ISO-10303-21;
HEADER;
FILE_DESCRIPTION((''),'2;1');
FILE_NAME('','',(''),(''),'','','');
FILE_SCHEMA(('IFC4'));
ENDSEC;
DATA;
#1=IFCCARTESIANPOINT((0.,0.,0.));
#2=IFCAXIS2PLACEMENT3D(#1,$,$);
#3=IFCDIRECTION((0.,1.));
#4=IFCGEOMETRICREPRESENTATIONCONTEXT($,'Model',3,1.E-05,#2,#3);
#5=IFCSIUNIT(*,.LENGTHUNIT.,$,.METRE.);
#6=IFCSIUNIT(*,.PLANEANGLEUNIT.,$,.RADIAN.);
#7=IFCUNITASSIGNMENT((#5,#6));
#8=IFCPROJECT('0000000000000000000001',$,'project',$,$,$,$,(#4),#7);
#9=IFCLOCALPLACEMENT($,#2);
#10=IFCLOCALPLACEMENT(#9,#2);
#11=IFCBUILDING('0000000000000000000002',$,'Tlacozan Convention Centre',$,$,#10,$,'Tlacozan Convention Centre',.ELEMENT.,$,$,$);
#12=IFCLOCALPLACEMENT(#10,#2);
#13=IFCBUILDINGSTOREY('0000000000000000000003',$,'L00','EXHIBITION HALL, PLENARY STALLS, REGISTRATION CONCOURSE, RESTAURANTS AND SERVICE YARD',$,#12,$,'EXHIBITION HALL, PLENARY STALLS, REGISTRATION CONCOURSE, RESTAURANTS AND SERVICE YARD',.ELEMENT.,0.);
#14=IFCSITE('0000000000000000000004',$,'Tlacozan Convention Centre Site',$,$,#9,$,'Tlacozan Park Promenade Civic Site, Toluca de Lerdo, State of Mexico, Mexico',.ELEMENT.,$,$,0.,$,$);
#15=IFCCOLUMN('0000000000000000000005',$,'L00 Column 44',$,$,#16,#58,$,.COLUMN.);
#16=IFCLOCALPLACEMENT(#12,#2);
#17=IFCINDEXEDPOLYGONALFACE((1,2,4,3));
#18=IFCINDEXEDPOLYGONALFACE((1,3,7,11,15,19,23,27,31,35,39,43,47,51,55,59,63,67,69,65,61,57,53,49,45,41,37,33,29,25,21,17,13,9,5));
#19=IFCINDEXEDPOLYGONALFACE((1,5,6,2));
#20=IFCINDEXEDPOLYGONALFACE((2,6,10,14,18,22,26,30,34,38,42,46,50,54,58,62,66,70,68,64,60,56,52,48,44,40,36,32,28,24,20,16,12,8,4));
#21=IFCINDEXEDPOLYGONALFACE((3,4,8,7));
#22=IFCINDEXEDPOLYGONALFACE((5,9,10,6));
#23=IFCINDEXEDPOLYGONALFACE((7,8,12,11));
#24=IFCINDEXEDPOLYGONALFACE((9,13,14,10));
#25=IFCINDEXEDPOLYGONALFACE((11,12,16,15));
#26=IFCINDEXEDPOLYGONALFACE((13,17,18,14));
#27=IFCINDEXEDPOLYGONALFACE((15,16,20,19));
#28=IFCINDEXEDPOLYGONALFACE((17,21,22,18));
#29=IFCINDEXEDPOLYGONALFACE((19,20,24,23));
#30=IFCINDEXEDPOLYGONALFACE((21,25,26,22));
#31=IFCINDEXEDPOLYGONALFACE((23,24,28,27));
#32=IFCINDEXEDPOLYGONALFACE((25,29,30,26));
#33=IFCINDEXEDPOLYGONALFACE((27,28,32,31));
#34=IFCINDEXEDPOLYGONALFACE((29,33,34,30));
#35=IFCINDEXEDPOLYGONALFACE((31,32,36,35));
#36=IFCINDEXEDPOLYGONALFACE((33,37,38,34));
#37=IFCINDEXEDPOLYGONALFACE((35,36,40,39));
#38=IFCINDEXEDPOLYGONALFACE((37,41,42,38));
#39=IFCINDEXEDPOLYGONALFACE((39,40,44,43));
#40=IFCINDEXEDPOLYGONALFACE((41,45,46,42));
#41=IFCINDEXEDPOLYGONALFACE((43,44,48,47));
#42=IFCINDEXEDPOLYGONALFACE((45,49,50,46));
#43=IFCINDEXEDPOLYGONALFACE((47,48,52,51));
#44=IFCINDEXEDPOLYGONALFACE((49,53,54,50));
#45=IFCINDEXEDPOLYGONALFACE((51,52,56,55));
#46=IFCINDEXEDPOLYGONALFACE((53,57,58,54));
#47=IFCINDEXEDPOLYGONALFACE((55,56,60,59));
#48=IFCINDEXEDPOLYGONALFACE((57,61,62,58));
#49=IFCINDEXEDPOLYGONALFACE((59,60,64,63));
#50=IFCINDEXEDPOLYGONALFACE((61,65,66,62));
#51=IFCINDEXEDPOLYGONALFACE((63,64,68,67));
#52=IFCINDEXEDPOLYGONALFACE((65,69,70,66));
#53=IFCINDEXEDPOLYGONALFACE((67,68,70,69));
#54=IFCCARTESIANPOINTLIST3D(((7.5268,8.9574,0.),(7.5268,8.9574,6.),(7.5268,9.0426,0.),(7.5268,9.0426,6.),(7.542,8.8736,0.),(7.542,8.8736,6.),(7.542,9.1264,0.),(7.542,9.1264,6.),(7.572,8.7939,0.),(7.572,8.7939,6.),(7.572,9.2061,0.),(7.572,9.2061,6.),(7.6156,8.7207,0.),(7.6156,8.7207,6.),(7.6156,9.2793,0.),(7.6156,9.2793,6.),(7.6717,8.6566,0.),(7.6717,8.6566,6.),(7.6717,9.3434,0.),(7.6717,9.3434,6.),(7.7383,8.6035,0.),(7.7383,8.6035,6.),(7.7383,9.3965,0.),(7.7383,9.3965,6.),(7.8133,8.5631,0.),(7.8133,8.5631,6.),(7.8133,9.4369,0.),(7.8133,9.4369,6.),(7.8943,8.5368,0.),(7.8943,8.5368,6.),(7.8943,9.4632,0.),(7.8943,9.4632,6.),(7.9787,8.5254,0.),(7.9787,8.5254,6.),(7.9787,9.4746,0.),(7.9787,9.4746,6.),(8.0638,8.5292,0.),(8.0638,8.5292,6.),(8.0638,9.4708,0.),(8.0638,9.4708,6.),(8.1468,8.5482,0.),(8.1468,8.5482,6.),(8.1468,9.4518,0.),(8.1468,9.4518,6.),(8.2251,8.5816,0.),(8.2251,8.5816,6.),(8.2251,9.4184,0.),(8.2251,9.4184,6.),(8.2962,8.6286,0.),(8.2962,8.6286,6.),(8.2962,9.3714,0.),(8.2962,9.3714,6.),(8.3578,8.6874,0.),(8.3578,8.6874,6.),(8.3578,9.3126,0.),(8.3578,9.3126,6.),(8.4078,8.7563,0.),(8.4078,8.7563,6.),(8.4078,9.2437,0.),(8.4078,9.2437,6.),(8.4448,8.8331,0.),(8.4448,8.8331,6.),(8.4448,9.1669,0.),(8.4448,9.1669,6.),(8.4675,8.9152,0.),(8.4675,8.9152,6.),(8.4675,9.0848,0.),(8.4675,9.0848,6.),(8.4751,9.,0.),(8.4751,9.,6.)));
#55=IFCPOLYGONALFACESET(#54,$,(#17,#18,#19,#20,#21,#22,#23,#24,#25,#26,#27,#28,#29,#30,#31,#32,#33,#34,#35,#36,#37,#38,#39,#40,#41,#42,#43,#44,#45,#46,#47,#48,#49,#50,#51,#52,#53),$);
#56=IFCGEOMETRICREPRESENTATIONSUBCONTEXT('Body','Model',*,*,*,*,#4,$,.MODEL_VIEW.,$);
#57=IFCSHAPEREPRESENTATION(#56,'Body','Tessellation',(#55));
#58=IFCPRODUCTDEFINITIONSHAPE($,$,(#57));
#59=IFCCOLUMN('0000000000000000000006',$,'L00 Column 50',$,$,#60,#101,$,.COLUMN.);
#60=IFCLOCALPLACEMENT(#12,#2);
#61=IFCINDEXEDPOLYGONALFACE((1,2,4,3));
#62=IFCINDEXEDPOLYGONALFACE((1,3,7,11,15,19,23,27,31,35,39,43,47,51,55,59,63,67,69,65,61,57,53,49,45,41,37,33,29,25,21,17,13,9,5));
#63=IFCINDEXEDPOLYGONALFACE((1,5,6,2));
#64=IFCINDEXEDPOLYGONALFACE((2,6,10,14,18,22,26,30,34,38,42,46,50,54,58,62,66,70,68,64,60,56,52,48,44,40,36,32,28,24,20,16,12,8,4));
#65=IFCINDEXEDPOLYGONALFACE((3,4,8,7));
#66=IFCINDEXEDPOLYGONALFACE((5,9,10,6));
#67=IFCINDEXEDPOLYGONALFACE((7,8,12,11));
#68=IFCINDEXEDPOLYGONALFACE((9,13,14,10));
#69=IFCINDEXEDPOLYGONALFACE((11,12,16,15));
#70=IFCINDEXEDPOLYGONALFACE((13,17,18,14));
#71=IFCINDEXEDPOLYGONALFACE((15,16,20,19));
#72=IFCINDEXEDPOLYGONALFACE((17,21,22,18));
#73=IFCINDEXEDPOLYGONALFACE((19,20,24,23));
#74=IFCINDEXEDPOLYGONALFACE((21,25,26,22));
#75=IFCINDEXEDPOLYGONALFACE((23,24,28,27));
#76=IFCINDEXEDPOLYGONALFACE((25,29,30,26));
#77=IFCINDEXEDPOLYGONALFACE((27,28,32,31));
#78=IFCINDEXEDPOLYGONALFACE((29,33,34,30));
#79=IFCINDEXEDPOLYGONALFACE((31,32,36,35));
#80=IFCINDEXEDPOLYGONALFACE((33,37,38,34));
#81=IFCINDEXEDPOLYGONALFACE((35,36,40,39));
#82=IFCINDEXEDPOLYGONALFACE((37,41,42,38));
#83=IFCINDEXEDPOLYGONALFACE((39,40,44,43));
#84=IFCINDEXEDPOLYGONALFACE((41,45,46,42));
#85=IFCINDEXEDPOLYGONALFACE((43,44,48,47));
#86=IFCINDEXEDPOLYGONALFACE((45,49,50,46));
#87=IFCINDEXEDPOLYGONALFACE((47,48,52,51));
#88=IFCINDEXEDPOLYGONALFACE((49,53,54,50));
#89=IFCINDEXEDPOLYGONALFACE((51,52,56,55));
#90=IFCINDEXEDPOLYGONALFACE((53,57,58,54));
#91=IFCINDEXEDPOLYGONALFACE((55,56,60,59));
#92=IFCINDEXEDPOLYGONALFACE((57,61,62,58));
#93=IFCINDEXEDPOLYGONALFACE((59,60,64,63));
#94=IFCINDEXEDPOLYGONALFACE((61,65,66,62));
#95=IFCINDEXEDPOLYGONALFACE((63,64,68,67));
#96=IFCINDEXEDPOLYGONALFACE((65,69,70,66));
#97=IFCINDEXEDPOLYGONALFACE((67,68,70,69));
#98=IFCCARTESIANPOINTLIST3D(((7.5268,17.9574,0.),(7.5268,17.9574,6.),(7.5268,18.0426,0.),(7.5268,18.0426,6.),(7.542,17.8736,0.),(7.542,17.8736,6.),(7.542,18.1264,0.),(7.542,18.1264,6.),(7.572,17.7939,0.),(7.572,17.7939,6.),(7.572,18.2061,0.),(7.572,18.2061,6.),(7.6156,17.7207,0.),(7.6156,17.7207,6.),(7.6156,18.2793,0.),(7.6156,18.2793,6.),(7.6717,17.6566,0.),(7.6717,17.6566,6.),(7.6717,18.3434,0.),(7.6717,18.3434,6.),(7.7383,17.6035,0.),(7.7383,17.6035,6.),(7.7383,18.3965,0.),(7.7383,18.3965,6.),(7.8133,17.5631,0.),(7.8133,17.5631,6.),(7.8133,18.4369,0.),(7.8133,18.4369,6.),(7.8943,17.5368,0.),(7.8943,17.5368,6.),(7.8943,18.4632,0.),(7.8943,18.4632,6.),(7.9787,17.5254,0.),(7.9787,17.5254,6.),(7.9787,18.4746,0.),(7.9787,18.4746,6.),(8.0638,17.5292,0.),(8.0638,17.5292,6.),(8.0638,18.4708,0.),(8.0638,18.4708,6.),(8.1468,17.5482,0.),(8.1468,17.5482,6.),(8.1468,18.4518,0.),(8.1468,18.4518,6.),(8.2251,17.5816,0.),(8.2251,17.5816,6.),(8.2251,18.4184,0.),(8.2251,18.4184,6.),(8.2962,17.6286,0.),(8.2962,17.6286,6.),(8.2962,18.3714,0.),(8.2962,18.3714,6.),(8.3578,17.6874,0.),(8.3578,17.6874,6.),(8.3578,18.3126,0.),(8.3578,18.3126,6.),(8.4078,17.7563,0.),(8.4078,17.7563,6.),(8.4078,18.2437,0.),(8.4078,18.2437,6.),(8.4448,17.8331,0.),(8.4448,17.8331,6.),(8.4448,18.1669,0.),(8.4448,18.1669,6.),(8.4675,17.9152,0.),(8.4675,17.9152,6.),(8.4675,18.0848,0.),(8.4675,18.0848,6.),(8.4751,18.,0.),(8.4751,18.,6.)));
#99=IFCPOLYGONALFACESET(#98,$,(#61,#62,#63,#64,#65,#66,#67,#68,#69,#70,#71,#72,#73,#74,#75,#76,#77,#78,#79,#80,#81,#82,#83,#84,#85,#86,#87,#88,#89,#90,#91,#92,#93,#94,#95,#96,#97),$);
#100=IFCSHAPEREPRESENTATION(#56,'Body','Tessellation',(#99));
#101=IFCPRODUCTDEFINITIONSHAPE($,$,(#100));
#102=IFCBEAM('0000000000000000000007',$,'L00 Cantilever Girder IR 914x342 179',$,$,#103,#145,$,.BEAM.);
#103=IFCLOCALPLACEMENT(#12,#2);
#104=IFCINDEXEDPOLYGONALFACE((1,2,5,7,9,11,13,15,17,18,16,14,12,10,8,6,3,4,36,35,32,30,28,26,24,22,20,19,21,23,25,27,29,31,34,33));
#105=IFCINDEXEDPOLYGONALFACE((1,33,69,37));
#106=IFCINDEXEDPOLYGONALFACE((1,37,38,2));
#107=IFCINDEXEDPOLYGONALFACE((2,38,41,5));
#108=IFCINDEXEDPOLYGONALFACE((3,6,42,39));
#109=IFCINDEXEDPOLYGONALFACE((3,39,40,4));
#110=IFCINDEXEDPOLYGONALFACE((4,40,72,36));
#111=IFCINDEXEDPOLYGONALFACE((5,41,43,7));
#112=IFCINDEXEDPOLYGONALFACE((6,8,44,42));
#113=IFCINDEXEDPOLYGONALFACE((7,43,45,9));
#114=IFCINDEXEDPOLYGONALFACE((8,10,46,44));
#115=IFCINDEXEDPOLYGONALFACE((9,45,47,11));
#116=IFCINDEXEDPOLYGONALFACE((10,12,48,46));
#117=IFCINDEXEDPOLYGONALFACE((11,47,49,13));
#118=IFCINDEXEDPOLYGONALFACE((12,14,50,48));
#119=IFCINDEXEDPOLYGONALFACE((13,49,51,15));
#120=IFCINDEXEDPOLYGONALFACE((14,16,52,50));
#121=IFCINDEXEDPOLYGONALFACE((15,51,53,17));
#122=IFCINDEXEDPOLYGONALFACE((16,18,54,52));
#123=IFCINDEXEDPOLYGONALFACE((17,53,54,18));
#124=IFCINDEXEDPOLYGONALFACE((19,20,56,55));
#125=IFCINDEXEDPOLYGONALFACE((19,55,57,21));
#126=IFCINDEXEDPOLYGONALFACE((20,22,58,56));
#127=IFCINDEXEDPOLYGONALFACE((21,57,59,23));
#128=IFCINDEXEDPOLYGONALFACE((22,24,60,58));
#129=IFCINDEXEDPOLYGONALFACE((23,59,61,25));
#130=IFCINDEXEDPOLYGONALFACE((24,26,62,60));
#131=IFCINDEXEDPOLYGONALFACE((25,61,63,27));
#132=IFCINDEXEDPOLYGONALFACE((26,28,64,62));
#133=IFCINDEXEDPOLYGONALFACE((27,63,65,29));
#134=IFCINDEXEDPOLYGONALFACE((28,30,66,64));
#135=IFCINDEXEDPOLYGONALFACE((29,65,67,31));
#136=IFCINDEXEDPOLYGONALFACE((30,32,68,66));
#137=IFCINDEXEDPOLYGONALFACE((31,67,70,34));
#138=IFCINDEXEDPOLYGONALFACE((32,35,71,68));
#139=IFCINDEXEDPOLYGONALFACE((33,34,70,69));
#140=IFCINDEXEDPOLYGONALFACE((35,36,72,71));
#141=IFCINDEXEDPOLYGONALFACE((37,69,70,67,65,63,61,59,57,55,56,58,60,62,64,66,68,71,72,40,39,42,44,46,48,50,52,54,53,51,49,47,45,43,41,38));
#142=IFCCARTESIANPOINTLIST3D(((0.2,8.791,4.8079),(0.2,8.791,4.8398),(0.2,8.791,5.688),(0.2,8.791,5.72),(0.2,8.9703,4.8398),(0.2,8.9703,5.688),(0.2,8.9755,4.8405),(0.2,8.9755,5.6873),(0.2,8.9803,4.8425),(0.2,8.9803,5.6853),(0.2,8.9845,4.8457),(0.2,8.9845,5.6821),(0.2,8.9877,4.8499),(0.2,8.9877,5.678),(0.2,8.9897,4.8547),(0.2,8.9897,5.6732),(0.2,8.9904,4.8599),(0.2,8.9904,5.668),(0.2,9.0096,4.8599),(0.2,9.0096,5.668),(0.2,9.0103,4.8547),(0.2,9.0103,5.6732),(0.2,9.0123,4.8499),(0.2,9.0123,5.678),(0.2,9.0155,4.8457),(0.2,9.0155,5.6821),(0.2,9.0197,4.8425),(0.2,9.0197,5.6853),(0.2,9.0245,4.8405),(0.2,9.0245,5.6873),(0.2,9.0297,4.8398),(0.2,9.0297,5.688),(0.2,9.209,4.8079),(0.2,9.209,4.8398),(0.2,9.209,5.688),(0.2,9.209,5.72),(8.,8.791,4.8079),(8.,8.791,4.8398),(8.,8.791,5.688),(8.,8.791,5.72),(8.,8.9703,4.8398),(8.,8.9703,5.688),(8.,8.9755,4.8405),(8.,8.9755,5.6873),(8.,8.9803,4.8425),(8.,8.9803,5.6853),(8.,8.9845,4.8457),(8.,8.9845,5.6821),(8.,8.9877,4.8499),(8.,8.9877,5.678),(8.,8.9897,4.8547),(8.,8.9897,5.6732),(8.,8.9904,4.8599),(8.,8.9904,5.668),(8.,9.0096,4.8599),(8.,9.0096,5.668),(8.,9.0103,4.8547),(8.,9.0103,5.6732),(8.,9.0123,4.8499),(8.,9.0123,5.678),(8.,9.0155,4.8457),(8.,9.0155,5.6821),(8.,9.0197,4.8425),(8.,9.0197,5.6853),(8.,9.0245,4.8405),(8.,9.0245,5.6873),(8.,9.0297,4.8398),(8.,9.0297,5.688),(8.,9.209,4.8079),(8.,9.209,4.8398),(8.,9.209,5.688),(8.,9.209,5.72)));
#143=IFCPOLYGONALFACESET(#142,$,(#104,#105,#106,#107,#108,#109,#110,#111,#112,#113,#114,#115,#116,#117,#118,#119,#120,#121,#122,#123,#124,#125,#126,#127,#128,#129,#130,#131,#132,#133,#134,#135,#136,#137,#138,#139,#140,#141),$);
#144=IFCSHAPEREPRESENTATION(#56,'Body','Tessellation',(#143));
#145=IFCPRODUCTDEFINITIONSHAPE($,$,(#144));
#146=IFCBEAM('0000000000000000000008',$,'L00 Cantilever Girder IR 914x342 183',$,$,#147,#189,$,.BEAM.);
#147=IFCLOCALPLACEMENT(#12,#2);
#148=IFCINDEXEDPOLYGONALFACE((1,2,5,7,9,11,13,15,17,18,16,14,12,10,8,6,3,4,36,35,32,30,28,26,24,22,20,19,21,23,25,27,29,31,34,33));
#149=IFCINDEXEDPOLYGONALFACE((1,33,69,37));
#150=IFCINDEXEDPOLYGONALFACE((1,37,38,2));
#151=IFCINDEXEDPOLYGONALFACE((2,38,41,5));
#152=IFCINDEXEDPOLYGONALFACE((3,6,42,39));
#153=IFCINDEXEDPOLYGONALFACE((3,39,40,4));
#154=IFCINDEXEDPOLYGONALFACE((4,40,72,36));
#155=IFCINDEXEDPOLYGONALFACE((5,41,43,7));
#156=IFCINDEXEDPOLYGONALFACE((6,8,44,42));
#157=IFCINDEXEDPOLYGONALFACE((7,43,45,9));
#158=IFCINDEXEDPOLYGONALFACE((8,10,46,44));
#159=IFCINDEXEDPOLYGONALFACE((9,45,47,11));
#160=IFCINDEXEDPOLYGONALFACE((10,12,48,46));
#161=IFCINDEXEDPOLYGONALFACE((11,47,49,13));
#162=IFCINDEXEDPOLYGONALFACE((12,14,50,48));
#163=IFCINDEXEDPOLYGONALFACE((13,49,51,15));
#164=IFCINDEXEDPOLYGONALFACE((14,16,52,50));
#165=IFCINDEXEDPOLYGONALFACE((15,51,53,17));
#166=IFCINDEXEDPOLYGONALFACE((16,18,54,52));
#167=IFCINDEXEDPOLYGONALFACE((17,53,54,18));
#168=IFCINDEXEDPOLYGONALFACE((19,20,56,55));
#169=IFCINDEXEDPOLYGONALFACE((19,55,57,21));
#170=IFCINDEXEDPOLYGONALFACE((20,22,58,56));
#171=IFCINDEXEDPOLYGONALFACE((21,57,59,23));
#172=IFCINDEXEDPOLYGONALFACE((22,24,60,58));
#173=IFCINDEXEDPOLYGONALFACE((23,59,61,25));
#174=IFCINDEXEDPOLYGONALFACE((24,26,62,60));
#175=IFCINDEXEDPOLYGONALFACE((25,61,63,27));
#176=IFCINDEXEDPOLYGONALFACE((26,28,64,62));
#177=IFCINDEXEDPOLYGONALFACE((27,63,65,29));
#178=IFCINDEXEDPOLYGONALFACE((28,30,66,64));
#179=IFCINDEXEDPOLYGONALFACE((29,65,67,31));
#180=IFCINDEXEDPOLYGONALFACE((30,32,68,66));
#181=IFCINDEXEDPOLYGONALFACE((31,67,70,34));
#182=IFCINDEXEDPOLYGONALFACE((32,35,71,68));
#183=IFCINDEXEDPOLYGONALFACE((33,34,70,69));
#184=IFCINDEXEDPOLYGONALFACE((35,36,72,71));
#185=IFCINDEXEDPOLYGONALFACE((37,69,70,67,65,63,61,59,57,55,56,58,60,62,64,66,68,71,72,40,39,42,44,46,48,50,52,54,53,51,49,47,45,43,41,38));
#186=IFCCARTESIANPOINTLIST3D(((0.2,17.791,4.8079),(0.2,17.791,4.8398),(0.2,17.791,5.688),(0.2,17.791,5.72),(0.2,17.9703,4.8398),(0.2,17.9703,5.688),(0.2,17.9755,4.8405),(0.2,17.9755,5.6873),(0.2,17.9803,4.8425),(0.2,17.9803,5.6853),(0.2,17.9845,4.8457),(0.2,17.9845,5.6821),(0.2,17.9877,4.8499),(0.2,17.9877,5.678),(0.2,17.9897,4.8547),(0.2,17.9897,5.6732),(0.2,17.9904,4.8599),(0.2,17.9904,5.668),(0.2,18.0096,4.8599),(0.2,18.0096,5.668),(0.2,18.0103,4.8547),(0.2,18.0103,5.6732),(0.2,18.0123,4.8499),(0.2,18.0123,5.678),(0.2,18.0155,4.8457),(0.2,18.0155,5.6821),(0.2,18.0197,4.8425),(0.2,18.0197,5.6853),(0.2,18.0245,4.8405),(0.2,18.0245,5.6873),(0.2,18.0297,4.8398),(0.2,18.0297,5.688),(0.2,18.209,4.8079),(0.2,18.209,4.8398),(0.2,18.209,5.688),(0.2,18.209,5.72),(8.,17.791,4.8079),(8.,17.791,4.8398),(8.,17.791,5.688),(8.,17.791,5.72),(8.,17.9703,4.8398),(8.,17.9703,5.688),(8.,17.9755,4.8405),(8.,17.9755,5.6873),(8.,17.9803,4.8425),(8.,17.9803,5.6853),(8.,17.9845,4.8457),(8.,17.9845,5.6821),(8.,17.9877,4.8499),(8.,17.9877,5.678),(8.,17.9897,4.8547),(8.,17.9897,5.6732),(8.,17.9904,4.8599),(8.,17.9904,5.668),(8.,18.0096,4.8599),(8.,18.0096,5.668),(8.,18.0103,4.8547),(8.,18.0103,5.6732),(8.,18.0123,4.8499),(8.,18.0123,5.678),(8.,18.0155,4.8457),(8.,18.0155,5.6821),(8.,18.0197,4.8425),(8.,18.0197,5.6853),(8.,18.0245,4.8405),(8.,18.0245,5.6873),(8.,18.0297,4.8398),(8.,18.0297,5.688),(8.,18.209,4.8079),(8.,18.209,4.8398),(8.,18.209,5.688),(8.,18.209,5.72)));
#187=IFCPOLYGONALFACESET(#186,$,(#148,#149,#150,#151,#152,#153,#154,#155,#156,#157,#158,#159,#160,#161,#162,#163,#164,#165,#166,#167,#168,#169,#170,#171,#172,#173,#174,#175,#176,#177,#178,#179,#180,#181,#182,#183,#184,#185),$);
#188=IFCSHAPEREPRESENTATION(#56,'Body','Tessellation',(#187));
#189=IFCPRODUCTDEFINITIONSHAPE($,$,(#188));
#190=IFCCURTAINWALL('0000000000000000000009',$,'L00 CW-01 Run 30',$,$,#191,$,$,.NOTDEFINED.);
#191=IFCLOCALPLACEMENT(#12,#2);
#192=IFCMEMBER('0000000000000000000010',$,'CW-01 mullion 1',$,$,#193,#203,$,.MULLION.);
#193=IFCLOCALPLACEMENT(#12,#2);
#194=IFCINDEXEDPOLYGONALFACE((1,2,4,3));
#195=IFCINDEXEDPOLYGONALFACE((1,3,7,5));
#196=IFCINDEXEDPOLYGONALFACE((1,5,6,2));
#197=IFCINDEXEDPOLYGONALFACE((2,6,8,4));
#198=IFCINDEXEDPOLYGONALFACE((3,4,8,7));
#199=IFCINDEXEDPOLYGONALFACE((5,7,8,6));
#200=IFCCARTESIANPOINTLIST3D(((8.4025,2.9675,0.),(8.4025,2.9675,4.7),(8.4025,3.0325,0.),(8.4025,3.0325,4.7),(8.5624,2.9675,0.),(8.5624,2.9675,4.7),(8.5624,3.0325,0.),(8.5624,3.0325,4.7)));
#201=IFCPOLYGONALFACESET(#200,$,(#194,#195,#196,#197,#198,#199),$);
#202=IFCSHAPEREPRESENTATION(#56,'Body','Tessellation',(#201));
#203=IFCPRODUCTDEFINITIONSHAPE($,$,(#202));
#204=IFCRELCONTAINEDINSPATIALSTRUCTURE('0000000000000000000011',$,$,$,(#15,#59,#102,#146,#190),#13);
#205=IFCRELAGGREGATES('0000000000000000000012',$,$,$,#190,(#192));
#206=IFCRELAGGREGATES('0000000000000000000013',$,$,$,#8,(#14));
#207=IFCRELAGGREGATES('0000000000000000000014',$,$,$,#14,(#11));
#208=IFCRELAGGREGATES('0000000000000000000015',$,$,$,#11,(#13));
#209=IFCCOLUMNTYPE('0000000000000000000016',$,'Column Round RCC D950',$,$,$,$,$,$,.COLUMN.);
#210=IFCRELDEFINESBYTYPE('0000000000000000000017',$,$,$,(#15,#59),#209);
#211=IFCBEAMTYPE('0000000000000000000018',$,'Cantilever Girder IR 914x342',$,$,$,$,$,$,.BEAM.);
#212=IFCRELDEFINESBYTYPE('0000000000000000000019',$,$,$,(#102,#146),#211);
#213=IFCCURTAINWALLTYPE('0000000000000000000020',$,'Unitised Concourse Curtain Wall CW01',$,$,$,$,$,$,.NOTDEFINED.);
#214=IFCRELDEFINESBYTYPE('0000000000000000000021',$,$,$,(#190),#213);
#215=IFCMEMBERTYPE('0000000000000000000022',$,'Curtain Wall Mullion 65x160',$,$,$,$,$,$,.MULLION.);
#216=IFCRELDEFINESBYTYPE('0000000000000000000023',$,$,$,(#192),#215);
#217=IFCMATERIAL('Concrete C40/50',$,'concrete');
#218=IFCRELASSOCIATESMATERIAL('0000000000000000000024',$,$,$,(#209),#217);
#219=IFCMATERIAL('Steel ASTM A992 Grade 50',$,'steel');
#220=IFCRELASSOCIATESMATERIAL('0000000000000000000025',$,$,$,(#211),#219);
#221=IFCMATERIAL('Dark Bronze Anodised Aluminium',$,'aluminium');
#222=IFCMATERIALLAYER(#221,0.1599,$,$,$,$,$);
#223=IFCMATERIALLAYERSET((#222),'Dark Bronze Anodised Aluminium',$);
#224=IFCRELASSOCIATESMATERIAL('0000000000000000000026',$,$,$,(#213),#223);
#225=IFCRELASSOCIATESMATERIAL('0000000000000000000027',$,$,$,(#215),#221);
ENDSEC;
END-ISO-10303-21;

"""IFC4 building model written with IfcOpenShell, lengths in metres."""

from ifc_helpers import new_model, si_unit, direction, frame, origin, origin_2d, place, context, subcontext, project, spatial, rectangle, circle, i_section, extrude, material, layer, layer_set, material_profile, profile_set, type_object, element, aggregate, save


model = new_model("IFC4")

# Units and contexts
model_context = context("Model", 3, precision=1e-05, world=origin(), true_north=direction((0.0, 1.0)))
body_context = subcontext(model_context, "Body", "Model", "MODEL_VIEW")
ifc_project = project(units=[si_unit("LENGTHUNIT", "METRE"), si_unit("PLANEANGLEUNIT", "RADIAN")], contexts=[model_context])

# Site, building, storey
site_placement = place(None, origin())
site = spatial("IfcSite", under=ifc_project, at=site_placement, Name="Tlacozan Convention Centre Site", LongName="Tlacozan Park Promenade Civic Site, Toluca de Lerdo, State of Mexico, Mexico", CompositionType="ELEMENT", RefElevation=0.0)
building_placement = place(site_placement, origin())
building = spatial("IfcBuilding", under=site, at=building_placement, Name="Tlacozan Convention Centre", LongName="Tlacozan Convention Centre", CompositionType="ELEMENT")
storey_placement = place(building_placement, origin())
storey = spatial("IfcBuildingStorey", under=building, at=storey_placement, Name="L00", Description="EXHIBITION HALL, PLENARY STALLS, REGISTRATION CONCOURSE, RESTAURANTS AND SERVICE YARD", LongName="EXHIBITION HALL, PLENARY STALLS, REGISTRATION CONCOURSE, RESTAURANTS AND SERVICE YARD", CompositionType="ELEMENT", Elevation=0.0)

# Columns
ifc_material_1 = material(Name="Concrete C40/50", Category="concrete")
ifc_material_profile_1 = material_profile(ifc_material_1, circle(Radius=0.4751, at=origin_2d()), Name="RCC D950")
ifc_profile_set_1 = profile_set([ifc_material_profile_1], Name="Concrete C40/50")
column_type = type_object("IfcColumnType", Name="Column Round RCC D950", PredefinedType="COLUMN", material=ifc_profile_set_1)
for number, where, z_axis, x_axis, name in (
    (1, (8.0, 9.0, 0.0), (0.0, 0.0, 1.0), (1.0, 0.0, 0.0), "L00 Column 44"),
    (2, (8.0, 18.0, 0.0), (0.0, 0.0, 1.0), (1.0, 0.0, 0.0), "L00 Column 50"),
):
    element("IfcColumn", number, at=place(storey_placement, frame(where, z_axis=z_axis, x_axis=x_axis)), inside=storey, type_object=column_type, Name=name, PredefinedType="COLUMN", context=body_context, shape_type="SweptSolid", body=[
        extrude(circle(Radius=0.4751, at=origin_2d()), origin(), (0.0, 0.0, 1.0), 6.0),
    ])

# Beams
ifc_material_2 = material(Name="Steel ASTM A992 Grade 50", Category="steel")
ifc_material_profile_2 = material_profile(ifc_material_2, i_section(OverallWidth=0.418, OverallDepth=0.9121, WebThickness=0.0193, FlangeThickness=0.032, FilletRadius=0.02, at=origin_2d()), Name="IR 914x342.0")
ifc_profile_set_2 = profile_set([ifc_material_profile_2], Name="Steel ASTM A992 Grade 50")
beam_type_1 = type_object("IfcBeamType", Name="Cantilever Girder IR 914x342", PredefinedType="BEAM", material=ifc_profile_set_2)
for number, where, z_axis, x_axis, name in (
    (3, (8.0, 9.0, 5.2639), (-1.0, 0.0, 0.0), (0.0, -1.0, 0.0), "L00 Cantilever Girder IR 914x342 179"),
    (4, (8.0, 18.0, 5.2639), (-1.0, 0.0, 0.0), (0.0, -1.0, 0.0), "L00 Cantilever Girder IR 914x342 183"),
):
    element("IfcBeam", number, at=place(storey_placement, frame(where, z_axis=z_axis, x_axis=x_axis)), inside=storey, type_object=beam_type_1, Name=name, PredefinedType="BEAM", context=body_context, shape_type="SweptSolid", body=[
        extrude(i_section(OverallWidth=0.418, OverallDepth=0.9121, WebThickness=0.0193, FlangeThickness=0.032, FilletRadius=0.02, at=origin_2d()), origin(), (0.0, 0.0, 1.0), 7.8),
    ])

# Curtain wall, member
ifc_material_3 = material(Name="Dark Bronze Anodised Aluminium", Category="aluminium")
ifc_layer_1 = layer(ifc_material_3, 0.1599)
ifc_layer_set_1 = layer_set([ifc_layer_1], Name="Dark Bronze Anodised Aluminium")
curtain_wall_type = type_object("IfcCurtainWallType", Name="Unitised Concourse Curtain Wall CW01", PredefinedType="NOTDEFINED", material=ifc_layer_set_1)
curtain_wall_placement = place(storey_placement, origin())
curtain_wall = element("IfcCurtainWall", 5, at=curtain_wall_placement, inside=storey, type_object=curtain_wall_type, Name="L00 CW-01 Run 30", PredefinedType="NOTDEFINED")
ifc_material_profile_3 = material_profile(ifc_material_3, rectangle(XDim=0.0649, YDim=0.1599, at=origin_2d()), Name="ALU 65x160")
ifc_profile_set_3 = profile_set([ifc_material_profile_3], Name="Dark Bronze Anodised Aluminium")
member_type_1 = type_object("IfcMemberType", Name="Curtain Wall Mullion 65x160", PredefinedType="MULLION", material=ifc_profile_set_3)
member_1_placement = place(storey_placement, frame((8.4824, 3.0, 0.0), z_axis=(0.0, 0.0, 1.0), x_axis=(0.0, 1.0, 0.0)))
member_1 = element("IfcMember", 6, at=member_1_placement, type_object=member_type_1, Name="CW-01 mullion 1", PredefinedType="MULLION", context=body_context, shape_type="SweptSolid", body=[
    extrude(rectangle(XDim=0.0649, YDim=0.1599, at=origin_2d()), origin(), (0.0, 0.0, 1.0), 4.7),
])

aggregate(curtain_wall, [member_1])

save(model, "model.ifc")
